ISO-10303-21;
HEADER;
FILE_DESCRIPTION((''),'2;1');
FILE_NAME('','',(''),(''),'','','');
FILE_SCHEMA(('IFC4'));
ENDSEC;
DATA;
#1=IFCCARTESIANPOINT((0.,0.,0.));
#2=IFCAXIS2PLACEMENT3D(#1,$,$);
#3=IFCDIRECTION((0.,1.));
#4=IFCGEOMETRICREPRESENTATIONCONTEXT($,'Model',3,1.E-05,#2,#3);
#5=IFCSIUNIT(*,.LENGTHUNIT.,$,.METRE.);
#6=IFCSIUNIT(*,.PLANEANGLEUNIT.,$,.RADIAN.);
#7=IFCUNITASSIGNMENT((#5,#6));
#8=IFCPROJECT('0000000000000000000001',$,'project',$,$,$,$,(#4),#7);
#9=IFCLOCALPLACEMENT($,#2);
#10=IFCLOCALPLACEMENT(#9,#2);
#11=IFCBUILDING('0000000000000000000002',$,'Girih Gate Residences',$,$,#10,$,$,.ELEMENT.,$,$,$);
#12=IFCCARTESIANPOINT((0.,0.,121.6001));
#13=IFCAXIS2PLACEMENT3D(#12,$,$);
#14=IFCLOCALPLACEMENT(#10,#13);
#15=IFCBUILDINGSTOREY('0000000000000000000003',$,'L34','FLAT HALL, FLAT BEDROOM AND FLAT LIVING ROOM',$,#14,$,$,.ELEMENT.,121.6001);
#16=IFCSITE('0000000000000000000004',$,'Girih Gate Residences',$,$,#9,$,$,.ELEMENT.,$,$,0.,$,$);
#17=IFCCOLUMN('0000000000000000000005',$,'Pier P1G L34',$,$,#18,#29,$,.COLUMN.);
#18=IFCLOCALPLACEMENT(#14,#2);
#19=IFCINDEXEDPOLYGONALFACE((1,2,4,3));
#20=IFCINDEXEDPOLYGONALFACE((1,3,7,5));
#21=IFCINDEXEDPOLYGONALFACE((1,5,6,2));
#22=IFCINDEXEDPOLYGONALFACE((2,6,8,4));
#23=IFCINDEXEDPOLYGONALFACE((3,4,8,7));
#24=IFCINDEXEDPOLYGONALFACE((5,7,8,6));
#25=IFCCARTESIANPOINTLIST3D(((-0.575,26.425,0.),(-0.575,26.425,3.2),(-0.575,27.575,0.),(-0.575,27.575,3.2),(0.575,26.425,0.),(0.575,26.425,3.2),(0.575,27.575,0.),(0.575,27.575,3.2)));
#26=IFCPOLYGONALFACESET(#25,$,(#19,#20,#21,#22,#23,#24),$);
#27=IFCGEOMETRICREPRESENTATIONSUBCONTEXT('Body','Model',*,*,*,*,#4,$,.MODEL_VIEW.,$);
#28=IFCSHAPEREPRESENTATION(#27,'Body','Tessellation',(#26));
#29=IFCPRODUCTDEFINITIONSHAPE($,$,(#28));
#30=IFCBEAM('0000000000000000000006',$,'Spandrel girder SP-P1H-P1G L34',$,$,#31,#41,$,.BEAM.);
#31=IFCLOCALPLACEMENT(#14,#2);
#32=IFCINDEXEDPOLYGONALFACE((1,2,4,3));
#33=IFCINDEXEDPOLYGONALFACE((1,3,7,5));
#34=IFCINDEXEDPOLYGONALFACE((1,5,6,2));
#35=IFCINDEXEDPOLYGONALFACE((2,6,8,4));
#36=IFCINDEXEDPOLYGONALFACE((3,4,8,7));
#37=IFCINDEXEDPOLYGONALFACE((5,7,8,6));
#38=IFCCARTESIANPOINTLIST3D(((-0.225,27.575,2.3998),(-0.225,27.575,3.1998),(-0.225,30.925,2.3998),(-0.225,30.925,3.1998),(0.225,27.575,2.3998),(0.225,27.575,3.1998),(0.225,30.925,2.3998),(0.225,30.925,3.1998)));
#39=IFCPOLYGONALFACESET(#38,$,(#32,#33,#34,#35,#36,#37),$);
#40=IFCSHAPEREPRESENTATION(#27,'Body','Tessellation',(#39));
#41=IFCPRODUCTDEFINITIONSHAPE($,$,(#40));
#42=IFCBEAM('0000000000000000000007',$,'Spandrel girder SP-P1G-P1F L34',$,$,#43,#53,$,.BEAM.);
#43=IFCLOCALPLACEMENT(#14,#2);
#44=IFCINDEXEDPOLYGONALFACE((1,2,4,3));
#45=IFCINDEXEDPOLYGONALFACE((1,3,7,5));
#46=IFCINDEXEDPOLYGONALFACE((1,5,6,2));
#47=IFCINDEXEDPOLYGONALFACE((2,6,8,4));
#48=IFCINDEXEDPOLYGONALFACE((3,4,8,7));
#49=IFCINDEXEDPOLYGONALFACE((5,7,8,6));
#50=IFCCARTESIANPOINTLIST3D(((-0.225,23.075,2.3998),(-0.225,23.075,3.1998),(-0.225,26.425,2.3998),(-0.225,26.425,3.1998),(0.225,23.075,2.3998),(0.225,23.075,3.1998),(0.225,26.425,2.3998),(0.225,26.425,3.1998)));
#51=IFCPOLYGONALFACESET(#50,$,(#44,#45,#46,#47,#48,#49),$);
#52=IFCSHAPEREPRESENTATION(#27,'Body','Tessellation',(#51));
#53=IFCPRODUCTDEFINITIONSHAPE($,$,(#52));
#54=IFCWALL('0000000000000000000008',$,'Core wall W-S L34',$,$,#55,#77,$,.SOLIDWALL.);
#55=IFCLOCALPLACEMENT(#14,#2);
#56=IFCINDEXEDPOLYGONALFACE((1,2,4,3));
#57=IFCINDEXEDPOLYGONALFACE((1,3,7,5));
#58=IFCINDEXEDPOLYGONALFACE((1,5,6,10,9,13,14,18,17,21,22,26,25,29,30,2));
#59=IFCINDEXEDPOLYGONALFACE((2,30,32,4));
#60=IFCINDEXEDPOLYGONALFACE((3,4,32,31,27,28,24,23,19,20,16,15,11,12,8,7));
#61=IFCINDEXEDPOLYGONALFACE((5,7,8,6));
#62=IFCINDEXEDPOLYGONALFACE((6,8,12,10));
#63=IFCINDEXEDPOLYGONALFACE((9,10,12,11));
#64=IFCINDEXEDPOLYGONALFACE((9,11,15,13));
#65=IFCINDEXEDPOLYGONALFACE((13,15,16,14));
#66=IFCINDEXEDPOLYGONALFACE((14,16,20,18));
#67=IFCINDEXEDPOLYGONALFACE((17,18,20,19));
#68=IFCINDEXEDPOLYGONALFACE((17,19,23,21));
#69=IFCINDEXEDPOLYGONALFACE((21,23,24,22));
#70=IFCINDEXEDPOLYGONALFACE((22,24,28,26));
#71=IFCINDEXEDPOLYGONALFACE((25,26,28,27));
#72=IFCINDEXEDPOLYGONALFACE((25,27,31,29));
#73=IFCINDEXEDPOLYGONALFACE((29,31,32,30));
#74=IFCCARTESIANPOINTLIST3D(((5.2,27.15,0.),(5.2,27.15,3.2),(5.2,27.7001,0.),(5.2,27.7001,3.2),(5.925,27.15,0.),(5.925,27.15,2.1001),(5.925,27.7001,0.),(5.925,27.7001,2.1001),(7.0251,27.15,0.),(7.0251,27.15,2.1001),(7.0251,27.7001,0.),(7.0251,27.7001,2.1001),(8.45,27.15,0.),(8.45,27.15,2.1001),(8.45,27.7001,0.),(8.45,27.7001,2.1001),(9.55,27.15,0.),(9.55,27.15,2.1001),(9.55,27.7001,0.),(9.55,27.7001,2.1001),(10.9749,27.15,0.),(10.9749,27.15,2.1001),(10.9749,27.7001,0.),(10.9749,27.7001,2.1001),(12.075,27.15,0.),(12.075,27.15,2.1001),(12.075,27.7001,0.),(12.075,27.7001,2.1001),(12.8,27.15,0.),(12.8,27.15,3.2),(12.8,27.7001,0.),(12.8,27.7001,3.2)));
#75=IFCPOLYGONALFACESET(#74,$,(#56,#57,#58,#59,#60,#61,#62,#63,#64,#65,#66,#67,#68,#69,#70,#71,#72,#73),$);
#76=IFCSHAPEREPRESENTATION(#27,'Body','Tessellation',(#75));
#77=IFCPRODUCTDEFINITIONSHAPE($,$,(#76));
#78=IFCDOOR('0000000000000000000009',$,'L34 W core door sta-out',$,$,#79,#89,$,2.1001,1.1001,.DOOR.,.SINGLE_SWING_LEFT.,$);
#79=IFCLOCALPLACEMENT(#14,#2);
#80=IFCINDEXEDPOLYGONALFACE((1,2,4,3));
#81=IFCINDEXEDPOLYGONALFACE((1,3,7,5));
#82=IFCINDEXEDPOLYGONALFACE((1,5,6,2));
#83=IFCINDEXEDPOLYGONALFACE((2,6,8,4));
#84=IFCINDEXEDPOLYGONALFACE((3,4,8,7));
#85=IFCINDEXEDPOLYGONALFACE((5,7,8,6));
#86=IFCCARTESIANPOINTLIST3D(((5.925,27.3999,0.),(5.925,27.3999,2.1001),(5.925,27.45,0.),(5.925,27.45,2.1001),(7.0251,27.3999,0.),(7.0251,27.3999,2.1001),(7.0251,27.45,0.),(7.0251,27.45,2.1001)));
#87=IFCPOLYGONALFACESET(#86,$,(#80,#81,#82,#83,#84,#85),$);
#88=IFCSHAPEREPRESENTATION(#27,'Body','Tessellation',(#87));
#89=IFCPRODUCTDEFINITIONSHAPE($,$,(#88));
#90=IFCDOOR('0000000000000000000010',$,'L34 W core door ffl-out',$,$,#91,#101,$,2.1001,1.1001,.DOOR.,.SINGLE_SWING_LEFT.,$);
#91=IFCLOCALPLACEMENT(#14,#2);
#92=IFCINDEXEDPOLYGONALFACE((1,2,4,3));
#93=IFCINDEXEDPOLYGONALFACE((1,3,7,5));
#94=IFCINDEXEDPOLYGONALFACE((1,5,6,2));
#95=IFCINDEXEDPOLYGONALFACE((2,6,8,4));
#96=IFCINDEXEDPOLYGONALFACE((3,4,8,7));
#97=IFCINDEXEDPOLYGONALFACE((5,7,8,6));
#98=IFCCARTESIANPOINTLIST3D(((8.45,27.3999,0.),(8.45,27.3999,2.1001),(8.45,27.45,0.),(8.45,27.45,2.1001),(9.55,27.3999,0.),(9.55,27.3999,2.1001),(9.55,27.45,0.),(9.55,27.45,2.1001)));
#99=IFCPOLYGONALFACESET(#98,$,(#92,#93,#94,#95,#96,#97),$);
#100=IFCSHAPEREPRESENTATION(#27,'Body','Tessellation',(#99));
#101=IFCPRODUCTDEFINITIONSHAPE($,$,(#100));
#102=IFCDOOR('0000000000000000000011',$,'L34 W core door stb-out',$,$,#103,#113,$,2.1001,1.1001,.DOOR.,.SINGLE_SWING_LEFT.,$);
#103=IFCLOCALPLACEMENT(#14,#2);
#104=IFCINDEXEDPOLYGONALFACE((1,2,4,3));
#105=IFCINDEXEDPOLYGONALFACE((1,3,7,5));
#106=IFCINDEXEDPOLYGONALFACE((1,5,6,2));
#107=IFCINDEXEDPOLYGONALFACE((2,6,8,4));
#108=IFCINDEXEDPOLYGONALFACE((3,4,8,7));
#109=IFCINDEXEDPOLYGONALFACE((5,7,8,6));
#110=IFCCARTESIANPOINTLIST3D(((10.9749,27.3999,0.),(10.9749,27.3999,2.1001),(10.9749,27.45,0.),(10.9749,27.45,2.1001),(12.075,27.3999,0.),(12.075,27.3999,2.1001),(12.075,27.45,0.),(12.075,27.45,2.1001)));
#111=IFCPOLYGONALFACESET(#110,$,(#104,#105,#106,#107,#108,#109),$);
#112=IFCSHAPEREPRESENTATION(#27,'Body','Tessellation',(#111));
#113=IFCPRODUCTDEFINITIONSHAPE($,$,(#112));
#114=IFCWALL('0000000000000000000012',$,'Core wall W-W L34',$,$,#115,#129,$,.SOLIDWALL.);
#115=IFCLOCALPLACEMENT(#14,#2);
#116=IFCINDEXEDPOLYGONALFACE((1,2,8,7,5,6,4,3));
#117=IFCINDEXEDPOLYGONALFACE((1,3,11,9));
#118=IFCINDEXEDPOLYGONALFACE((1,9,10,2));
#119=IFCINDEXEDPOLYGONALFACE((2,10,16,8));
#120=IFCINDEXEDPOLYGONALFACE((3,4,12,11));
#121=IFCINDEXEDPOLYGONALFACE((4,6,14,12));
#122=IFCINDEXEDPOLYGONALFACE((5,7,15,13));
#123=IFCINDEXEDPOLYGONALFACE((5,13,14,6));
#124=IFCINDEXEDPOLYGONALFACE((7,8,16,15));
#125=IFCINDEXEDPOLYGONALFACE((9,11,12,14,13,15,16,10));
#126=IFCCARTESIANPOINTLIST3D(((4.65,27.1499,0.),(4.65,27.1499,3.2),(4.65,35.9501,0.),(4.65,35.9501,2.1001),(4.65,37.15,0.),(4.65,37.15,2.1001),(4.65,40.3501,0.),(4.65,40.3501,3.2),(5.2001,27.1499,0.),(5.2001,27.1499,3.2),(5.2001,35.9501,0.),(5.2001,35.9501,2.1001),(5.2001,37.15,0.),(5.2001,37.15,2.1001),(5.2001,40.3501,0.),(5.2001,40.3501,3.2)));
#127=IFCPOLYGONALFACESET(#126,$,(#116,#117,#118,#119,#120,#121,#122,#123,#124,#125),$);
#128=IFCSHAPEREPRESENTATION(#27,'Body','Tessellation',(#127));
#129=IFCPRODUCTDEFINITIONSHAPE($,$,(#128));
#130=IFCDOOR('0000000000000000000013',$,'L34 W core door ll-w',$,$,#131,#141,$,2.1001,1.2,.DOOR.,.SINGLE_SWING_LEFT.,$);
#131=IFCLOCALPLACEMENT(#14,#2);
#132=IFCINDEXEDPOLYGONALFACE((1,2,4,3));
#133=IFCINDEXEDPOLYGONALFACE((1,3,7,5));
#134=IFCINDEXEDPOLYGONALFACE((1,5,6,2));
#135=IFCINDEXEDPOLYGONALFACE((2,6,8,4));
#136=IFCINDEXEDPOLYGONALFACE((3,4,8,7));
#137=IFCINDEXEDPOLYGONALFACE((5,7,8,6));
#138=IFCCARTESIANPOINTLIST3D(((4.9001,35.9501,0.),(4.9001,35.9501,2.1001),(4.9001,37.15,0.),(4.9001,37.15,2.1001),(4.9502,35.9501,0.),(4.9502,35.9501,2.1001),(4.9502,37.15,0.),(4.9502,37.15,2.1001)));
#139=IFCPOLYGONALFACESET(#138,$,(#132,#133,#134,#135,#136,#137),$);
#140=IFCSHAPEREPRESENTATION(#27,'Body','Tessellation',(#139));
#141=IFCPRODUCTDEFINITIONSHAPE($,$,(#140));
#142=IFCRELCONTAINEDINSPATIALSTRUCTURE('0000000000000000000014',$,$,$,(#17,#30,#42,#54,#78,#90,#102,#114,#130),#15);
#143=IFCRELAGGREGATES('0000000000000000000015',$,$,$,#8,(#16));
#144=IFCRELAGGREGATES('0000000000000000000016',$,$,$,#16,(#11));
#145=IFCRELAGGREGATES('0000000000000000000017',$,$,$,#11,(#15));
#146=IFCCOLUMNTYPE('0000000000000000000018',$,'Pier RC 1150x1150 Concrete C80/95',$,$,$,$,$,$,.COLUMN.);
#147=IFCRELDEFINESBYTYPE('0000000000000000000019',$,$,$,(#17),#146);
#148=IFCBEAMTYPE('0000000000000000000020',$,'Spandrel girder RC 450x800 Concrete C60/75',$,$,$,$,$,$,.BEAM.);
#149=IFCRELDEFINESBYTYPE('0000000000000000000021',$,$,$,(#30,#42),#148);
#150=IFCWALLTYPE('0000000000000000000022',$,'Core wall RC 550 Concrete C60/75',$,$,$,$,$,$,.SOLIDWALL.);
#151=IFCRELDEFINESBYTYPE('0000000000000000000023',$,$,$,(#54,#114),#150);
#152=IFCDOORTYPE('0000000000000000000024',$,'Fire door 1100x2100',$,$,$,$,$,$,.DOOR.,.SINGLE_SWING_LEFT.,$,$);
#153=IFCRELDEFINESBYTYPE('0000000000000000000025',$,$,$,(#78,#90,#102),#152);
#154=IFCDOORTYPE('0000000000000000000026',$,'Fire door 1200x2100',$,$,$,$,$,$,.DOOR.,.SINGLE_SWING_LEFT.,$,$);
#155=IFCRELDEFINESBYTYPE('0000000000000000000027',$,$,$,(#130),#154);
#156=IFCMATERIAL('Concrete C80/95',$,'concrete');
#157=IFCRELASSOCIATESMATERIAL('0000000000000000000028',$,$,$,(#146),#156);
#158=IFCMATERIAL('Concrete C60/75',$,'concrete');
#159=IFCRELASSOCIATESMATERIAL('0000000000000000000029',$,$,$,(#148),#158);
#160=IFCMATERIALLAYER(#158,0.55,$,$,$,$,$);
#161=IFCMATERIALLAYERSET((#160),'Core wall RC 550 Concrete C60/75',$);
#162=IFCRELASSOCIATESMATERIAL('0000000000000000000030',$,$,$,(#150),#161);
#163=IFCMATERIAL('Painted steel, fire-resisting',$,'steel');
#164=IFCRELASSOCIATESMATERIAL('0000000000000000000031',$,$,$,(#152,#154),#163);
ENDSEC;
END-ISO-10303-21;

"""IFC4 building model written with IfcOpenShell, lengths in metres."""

from ifc_helpers import new_model, si_unit, direction, frame, frame_2d, origin, origin_2d, place, context, subcontext, project, spatial, rectangle, extrude, material, layer, layer_set, material_profile, profile_set, type_object, element, fill, save


model = new_model("IFC4")

# Units and contexts
model_context = context("Model", 3, precision=1e-05, world=origin(), true_north=direction((0.0, 1.0)))
body_context = subcontext(model_context, "Body", "Model", "MODEL_VIEW")
ifc_project = project(units=[si_unit("LENGTHUNIT", "METRE"), si_unit("PLANEANGLEUNIT", "RADIAN")], contexts=[model_context])

# Site, building, storey
site_placement = place(None, origin())
site = spatial("IfcSite", under=ifc_project, at=site_placement, Name="Girih Gate Residences", CompositionType="ELEMENT", RefElevation=0.0)
building_placement = place(site_placement, origin())
building = spatial("IfcBuilding", under=site, at=building_placement, Name="Girih Gate Residences", CompositionType="ELEMENT")
storey_placement = place(building_placement, frame((0.0, 0.0, 121.6001)))
storey = spatial("IfcBuildingStorey", under=building, at=storey_placement, Name="L34", Description="FLAT HALL, FLAT BEDROOM AND FLAT LIVING ROOM", CompositionType="ELEMENT", Elevation=121.6001)

# Column
ifc_material_1 = material(Name="Concrete C80/95", Category="concrete")
ifc_material_profile_1 = material_profile(ifc_material_1, rectangle(XDim=1.1499, YDim=1.1499, at=origin_2d()))
ifc_profile_set_1 = profile_set([ifc_material_profile_1], Name="Concrete C80/95")
column_type = type_object("IfcColumnType", Name="Pier RC 1150x1150 Concrete C80/95", PredefinedType="COLUMN", material=ifc_profile_set_1)
column_placement = place(storey_placement, frame((0.0, 27.0, 0.0), z_axis=(0.0, 0.0, 1.0), x_axis=(1.0, 0.0, 0.0)))
element("IfcColumn", 1, at=column_placement, inside=storey, type_object=column_type, Name="Pier P1G L34", PredefinedType="COLUMN", context=body_context, shape_type="SweptSolid", body=[
    extrude(rectangle(XDim=1.1499, YDim=1.1499, at=origin_2d()), origin(), (0.0, 0.0, 1.0), 3.2),
])

# Beams
ifc_material_2 = material(Name="Concrete C60/75", Category="concrete")
ifc_material_profile_2 = material_profile(ifc_material_2, rectangle(XDim=0.45, YDim=0.8, at=origin_2d()))
ifc_profile_set_2 = profile_set([ifc_material_profile_2], Name="Concrete C60/75")
beam_type = type_object("IfcBeamType", Name="Spandrel girder RC 450x800 Concrete C60/75", PredefinedType="BEAM", material=ifc_profile_set_2)
for number, where, z_axis, x_axis, name in (
    (2, (0.0, 30.925, 2.7998), (0.0, -1.0, 0.0), (1.0, 0.0, 0.0), "Spandrel girder SP-P1H-P1G L34"),
    (3, (0.0, 26.425, 2.7998), (0.0, -1.0, 0.0), (1.0, 0.0, 0.0), "Spandrel girder SP-P1G-P1F L34"),
):
    element("IfcBeam", number, at=place(storey_placement, frame(where, z_axis=z_axis, x_axis=x_axis)), inside=storey, type_object=beam_type, Name=name, PredefinedType="BEAM", context=body_context, shape_type="SweptSolid", body=[
        extrude(rectangle(XDim=0.45, YDim=0.8, at=origin_2d()), origin(), (0.0, 0.0, 1.0), 3.3501),
    ])

# Wall, openings, doors
ifc_layer_1 = layer(ifc_material_2, 0.55)
ifc_layer_set_1 = layer_set([ifc_layer_1], Name="Core wall RC 550 Concrete C60/75")
wall_type_1 = type_object("IfcWallType", Name="Core wall RC 550 Concrete C60/75", PredefinedType="SOLIDWALL", material=ifc_layer_set_1)
wall_1_placement = place(storey_placement, frame((5.2, 27.425, 0.0), z_axis=(0.0, 0.0, 1.0), x_axis=(1.0, 0.0, 0.0)))
wall_1 = element("IfcWall", 4, at=wall_1_placement, inside=storey, type_object=wall_type_1, Name="Core wall W-S L34", PredefinedType="SOLIDWALL", context=body_context, shape_type="SweptSolid", body=[
    extrude(rectangle(XDim=7.6001, YDim=0.55, at=frame_2d((3.8, 0.0))), origin(), (0.0, 0.0, 1.0), 3.2),
])
opening_1_placement = place(wall_1_placement, frame((0.7251, 0.0, 0.0)))
opening_1 = element("IfcOpeningElement", 5, at=opening_1_placement, cuts=wall_1, PredefinedType="OPENING", context=body_context, shape_type="SweptSolid", body=[
    extrude(rectangle(XDim=1.1001, YDim=2.1001, at=frame_2d((0.55, 1.05))), frame((0.0, 0.2849, 0.0), z_axis=(0.0, -1.0, 0.0), x_axis=(1.0, 0.0, 0.0)), (0.0, 0.0, 1.0), 0.5701),
])
opening_2_placement = place(wall_1_placement, frame((3.25, 0.0, 0.0)))
opening_2 = element("IfcOpeningElement", 6, at=opening_2_placement, cuts=wall_1, PredefinedType="OPENING", context=body_context, shape_type="SweptSolid", body=[
    extrude(rectangle(XDim=1.1001, YDim=2.1001, at=frame_2d((0.55, 1.05))), frame((0.0, 0.2849, 0.0), z_axis=(0.0, -1.0, 0.0), x_axis=(1.0, 0.0, 0.0)), (0.0, 0.0, 1.0), 0.5701),
])
opening_3_placement = place(wall_1_placement, frame((5.7749, 0.0, 0.0)))
opening_3 = element("IfcOpeningElement", 7, at=opening_3_placement, cuts=wall_1, PredefinedType="OPENING", context=body_context, shape_type="SweptSolid", body=[
    extrude(rectangle(XDim=1.1001, YDim=2.1001, at=frame_2d((0.55, 1.05))), frame((0.0, 0.2849, 0.0), z_axis=(0.0, -1.0, 0.0), x_axis=(1.0, 0.0, 0.0)), (0.0, 0.0, 1.0), 0.5701),
])
ifc_material_3 = material(Name="Painted steel, fire-resisting", Category="steel")
door_type_1 = type_object("IfcDoorType", Name="Fire door 1100x2100", OperationType="SINGLE_SWING_LEFT", PredefinedType="DOOR", material=ifc_material_3)
door_1_placement = place(opening_1_placement, origin())
door_1 = element("IfcDoor", 8, at=door_1_placement, inside=storey, type_object=door_type_1, Name="L34 W core door sta-out", OperationType="SINGLE_SWING_LEFT", OverallHeight=2.1001, OverallWidth=1.1001, PredefinedType="DOOR", context=body_context, shape_type="SweptSolid", body=[
    extrude(rectangle(XDim=1.1001, YDim=2.1001, at=frame_2d((0.55, 1.05))), frame((0.0, 0.0249, 0.0), z_axis=(0.0, -1.0, 0.0), x_axis=(1.0, 0.0, 0.0)), (0.0, 0.0, 1.0), 0.05),
])
fill(opening_1, door_1)
door_2_placement = place(opening_2_placement, origin())
door_2 = element("IfcDoor", 9, at=door_2_placement, inside=storey, type_object=door_type_1, Name="L34 W core door ffl-out", OperationType="SINGLE_SWING_LEFT", OverallHeight=2.1001, OverallWidth=1.1001, PredefinedType="DOOR", context=body_context, shape_type="SweptSolid", body=[
    extrude(rectangle(XDim=1.1001, YDim=2.1001, at=frame_2d((0.55, 1.05))), frame((0.0, 0.0249, 0.0), z_axis=(0.0, -1.0, 0.0), x_axis=(1.0, 0.0, 0.0)), (0.0, 0.0, 1.0), 0.05),
])
fill(opening_2, door_2)
door_3_placement = place(opening_3_placement, origin())
door_3 = element("IfcDoor", 10, at=door_3_placement, inside=storey, type_object=door_type_1, Name="L34 W core door stb-out", OperationType="SINGLE_SWING_LEFT", OverallHeight=2.1001, OverallWidth=1.1001, PredefinedType="DOOR", context=body_context, shape_type="SweptSolid", body=[
    extrude(rectangle(XDim=1.1001, YDim=2.1001, at=frame_2d((0.55, 1.05))), frame((0.0, 0.0249, 0.0), z_axis=(0.0, -1.0, 0.0), x_axis=(1.0, 0.0, 0.0)), (0.0, 0.0, 1.0), 0.05),
])
fill(opening_3, door_3)

# Wall, opening, door
wall_2_placement = place(storey_placement, frame((4.925, 27.1499, 0.0), z_axis=(0.0, 0.0, 1.0), x_axis=(0.0, 1.0, 0.0)))
wall_2 = element("IfcWall", 11, at=wall_2_placement, inside=storey, type_object=wall_type_1, Name="Core wall W-W L34", PredefinedType="SOLIDWALL", context=body_context, shape_type="SweptSolid", body=[
    extrude(rectangle(XDim=13.2002, YDim=0.55, at=frame_2d((6.6001, 0.0))), origin(), (0.0, 0.0, 1.0), 3.2),
])
opening_4_placement = place(wall_2_placement, frame((8.8, 0.0, 0.0)))
opening_4 = element("IfcOpeningElement", 12, at=opening_4_placement, cuts=wall_2, PredefinedType="OPENING", context=body_context, shape_type="SweptSolid", body=[
    extrude(rectangle(XDim=1.2, YDim=2.1001, at=frame_2d((0.6001, 1.05))), frame((0.0, 0.2849, 0.0), z_axis=(0.0, -1.0, 0.0), x_axis=(1.0, 0.0, 0.0)), (0.0, 0.0, 1.0), 0.5701),
])
door_type_2 = type_object("IfcDoorType", Name="Fire door 1200x2100", OperationType="SINGLE_SWING_LEFT", PredefinedType="DOOR", material=ifc_material_3)
door_4_placement = place(opening_4_placement, origin())
door_4 = element("IfcDoor", 13, at=door_4_placement, inside=storey, type_object=door_type_2, Name="L34 W core door ll-w", OperationType="SINGLE_SWING_LEFT", OverallHeight=2.1001, OverallWidth=1.2, PredefinedType="DOOR", context=body_context, shape_type="SweptSolid", body=[
    extrude(rectangle(XDim=1.2, YDim=2.1001, at=frame_2d((0.6001, 1.05))), frame((0.0, 0.0249, 0.0), z_axis=(0.0, -1.0, 0.0), x_axis=(1.0, 0.0, 0.0)), (0.0, 0.0, 1.0), 0.05),
])
fill(opening_4, door_4)

save(model, "model.ifc")
